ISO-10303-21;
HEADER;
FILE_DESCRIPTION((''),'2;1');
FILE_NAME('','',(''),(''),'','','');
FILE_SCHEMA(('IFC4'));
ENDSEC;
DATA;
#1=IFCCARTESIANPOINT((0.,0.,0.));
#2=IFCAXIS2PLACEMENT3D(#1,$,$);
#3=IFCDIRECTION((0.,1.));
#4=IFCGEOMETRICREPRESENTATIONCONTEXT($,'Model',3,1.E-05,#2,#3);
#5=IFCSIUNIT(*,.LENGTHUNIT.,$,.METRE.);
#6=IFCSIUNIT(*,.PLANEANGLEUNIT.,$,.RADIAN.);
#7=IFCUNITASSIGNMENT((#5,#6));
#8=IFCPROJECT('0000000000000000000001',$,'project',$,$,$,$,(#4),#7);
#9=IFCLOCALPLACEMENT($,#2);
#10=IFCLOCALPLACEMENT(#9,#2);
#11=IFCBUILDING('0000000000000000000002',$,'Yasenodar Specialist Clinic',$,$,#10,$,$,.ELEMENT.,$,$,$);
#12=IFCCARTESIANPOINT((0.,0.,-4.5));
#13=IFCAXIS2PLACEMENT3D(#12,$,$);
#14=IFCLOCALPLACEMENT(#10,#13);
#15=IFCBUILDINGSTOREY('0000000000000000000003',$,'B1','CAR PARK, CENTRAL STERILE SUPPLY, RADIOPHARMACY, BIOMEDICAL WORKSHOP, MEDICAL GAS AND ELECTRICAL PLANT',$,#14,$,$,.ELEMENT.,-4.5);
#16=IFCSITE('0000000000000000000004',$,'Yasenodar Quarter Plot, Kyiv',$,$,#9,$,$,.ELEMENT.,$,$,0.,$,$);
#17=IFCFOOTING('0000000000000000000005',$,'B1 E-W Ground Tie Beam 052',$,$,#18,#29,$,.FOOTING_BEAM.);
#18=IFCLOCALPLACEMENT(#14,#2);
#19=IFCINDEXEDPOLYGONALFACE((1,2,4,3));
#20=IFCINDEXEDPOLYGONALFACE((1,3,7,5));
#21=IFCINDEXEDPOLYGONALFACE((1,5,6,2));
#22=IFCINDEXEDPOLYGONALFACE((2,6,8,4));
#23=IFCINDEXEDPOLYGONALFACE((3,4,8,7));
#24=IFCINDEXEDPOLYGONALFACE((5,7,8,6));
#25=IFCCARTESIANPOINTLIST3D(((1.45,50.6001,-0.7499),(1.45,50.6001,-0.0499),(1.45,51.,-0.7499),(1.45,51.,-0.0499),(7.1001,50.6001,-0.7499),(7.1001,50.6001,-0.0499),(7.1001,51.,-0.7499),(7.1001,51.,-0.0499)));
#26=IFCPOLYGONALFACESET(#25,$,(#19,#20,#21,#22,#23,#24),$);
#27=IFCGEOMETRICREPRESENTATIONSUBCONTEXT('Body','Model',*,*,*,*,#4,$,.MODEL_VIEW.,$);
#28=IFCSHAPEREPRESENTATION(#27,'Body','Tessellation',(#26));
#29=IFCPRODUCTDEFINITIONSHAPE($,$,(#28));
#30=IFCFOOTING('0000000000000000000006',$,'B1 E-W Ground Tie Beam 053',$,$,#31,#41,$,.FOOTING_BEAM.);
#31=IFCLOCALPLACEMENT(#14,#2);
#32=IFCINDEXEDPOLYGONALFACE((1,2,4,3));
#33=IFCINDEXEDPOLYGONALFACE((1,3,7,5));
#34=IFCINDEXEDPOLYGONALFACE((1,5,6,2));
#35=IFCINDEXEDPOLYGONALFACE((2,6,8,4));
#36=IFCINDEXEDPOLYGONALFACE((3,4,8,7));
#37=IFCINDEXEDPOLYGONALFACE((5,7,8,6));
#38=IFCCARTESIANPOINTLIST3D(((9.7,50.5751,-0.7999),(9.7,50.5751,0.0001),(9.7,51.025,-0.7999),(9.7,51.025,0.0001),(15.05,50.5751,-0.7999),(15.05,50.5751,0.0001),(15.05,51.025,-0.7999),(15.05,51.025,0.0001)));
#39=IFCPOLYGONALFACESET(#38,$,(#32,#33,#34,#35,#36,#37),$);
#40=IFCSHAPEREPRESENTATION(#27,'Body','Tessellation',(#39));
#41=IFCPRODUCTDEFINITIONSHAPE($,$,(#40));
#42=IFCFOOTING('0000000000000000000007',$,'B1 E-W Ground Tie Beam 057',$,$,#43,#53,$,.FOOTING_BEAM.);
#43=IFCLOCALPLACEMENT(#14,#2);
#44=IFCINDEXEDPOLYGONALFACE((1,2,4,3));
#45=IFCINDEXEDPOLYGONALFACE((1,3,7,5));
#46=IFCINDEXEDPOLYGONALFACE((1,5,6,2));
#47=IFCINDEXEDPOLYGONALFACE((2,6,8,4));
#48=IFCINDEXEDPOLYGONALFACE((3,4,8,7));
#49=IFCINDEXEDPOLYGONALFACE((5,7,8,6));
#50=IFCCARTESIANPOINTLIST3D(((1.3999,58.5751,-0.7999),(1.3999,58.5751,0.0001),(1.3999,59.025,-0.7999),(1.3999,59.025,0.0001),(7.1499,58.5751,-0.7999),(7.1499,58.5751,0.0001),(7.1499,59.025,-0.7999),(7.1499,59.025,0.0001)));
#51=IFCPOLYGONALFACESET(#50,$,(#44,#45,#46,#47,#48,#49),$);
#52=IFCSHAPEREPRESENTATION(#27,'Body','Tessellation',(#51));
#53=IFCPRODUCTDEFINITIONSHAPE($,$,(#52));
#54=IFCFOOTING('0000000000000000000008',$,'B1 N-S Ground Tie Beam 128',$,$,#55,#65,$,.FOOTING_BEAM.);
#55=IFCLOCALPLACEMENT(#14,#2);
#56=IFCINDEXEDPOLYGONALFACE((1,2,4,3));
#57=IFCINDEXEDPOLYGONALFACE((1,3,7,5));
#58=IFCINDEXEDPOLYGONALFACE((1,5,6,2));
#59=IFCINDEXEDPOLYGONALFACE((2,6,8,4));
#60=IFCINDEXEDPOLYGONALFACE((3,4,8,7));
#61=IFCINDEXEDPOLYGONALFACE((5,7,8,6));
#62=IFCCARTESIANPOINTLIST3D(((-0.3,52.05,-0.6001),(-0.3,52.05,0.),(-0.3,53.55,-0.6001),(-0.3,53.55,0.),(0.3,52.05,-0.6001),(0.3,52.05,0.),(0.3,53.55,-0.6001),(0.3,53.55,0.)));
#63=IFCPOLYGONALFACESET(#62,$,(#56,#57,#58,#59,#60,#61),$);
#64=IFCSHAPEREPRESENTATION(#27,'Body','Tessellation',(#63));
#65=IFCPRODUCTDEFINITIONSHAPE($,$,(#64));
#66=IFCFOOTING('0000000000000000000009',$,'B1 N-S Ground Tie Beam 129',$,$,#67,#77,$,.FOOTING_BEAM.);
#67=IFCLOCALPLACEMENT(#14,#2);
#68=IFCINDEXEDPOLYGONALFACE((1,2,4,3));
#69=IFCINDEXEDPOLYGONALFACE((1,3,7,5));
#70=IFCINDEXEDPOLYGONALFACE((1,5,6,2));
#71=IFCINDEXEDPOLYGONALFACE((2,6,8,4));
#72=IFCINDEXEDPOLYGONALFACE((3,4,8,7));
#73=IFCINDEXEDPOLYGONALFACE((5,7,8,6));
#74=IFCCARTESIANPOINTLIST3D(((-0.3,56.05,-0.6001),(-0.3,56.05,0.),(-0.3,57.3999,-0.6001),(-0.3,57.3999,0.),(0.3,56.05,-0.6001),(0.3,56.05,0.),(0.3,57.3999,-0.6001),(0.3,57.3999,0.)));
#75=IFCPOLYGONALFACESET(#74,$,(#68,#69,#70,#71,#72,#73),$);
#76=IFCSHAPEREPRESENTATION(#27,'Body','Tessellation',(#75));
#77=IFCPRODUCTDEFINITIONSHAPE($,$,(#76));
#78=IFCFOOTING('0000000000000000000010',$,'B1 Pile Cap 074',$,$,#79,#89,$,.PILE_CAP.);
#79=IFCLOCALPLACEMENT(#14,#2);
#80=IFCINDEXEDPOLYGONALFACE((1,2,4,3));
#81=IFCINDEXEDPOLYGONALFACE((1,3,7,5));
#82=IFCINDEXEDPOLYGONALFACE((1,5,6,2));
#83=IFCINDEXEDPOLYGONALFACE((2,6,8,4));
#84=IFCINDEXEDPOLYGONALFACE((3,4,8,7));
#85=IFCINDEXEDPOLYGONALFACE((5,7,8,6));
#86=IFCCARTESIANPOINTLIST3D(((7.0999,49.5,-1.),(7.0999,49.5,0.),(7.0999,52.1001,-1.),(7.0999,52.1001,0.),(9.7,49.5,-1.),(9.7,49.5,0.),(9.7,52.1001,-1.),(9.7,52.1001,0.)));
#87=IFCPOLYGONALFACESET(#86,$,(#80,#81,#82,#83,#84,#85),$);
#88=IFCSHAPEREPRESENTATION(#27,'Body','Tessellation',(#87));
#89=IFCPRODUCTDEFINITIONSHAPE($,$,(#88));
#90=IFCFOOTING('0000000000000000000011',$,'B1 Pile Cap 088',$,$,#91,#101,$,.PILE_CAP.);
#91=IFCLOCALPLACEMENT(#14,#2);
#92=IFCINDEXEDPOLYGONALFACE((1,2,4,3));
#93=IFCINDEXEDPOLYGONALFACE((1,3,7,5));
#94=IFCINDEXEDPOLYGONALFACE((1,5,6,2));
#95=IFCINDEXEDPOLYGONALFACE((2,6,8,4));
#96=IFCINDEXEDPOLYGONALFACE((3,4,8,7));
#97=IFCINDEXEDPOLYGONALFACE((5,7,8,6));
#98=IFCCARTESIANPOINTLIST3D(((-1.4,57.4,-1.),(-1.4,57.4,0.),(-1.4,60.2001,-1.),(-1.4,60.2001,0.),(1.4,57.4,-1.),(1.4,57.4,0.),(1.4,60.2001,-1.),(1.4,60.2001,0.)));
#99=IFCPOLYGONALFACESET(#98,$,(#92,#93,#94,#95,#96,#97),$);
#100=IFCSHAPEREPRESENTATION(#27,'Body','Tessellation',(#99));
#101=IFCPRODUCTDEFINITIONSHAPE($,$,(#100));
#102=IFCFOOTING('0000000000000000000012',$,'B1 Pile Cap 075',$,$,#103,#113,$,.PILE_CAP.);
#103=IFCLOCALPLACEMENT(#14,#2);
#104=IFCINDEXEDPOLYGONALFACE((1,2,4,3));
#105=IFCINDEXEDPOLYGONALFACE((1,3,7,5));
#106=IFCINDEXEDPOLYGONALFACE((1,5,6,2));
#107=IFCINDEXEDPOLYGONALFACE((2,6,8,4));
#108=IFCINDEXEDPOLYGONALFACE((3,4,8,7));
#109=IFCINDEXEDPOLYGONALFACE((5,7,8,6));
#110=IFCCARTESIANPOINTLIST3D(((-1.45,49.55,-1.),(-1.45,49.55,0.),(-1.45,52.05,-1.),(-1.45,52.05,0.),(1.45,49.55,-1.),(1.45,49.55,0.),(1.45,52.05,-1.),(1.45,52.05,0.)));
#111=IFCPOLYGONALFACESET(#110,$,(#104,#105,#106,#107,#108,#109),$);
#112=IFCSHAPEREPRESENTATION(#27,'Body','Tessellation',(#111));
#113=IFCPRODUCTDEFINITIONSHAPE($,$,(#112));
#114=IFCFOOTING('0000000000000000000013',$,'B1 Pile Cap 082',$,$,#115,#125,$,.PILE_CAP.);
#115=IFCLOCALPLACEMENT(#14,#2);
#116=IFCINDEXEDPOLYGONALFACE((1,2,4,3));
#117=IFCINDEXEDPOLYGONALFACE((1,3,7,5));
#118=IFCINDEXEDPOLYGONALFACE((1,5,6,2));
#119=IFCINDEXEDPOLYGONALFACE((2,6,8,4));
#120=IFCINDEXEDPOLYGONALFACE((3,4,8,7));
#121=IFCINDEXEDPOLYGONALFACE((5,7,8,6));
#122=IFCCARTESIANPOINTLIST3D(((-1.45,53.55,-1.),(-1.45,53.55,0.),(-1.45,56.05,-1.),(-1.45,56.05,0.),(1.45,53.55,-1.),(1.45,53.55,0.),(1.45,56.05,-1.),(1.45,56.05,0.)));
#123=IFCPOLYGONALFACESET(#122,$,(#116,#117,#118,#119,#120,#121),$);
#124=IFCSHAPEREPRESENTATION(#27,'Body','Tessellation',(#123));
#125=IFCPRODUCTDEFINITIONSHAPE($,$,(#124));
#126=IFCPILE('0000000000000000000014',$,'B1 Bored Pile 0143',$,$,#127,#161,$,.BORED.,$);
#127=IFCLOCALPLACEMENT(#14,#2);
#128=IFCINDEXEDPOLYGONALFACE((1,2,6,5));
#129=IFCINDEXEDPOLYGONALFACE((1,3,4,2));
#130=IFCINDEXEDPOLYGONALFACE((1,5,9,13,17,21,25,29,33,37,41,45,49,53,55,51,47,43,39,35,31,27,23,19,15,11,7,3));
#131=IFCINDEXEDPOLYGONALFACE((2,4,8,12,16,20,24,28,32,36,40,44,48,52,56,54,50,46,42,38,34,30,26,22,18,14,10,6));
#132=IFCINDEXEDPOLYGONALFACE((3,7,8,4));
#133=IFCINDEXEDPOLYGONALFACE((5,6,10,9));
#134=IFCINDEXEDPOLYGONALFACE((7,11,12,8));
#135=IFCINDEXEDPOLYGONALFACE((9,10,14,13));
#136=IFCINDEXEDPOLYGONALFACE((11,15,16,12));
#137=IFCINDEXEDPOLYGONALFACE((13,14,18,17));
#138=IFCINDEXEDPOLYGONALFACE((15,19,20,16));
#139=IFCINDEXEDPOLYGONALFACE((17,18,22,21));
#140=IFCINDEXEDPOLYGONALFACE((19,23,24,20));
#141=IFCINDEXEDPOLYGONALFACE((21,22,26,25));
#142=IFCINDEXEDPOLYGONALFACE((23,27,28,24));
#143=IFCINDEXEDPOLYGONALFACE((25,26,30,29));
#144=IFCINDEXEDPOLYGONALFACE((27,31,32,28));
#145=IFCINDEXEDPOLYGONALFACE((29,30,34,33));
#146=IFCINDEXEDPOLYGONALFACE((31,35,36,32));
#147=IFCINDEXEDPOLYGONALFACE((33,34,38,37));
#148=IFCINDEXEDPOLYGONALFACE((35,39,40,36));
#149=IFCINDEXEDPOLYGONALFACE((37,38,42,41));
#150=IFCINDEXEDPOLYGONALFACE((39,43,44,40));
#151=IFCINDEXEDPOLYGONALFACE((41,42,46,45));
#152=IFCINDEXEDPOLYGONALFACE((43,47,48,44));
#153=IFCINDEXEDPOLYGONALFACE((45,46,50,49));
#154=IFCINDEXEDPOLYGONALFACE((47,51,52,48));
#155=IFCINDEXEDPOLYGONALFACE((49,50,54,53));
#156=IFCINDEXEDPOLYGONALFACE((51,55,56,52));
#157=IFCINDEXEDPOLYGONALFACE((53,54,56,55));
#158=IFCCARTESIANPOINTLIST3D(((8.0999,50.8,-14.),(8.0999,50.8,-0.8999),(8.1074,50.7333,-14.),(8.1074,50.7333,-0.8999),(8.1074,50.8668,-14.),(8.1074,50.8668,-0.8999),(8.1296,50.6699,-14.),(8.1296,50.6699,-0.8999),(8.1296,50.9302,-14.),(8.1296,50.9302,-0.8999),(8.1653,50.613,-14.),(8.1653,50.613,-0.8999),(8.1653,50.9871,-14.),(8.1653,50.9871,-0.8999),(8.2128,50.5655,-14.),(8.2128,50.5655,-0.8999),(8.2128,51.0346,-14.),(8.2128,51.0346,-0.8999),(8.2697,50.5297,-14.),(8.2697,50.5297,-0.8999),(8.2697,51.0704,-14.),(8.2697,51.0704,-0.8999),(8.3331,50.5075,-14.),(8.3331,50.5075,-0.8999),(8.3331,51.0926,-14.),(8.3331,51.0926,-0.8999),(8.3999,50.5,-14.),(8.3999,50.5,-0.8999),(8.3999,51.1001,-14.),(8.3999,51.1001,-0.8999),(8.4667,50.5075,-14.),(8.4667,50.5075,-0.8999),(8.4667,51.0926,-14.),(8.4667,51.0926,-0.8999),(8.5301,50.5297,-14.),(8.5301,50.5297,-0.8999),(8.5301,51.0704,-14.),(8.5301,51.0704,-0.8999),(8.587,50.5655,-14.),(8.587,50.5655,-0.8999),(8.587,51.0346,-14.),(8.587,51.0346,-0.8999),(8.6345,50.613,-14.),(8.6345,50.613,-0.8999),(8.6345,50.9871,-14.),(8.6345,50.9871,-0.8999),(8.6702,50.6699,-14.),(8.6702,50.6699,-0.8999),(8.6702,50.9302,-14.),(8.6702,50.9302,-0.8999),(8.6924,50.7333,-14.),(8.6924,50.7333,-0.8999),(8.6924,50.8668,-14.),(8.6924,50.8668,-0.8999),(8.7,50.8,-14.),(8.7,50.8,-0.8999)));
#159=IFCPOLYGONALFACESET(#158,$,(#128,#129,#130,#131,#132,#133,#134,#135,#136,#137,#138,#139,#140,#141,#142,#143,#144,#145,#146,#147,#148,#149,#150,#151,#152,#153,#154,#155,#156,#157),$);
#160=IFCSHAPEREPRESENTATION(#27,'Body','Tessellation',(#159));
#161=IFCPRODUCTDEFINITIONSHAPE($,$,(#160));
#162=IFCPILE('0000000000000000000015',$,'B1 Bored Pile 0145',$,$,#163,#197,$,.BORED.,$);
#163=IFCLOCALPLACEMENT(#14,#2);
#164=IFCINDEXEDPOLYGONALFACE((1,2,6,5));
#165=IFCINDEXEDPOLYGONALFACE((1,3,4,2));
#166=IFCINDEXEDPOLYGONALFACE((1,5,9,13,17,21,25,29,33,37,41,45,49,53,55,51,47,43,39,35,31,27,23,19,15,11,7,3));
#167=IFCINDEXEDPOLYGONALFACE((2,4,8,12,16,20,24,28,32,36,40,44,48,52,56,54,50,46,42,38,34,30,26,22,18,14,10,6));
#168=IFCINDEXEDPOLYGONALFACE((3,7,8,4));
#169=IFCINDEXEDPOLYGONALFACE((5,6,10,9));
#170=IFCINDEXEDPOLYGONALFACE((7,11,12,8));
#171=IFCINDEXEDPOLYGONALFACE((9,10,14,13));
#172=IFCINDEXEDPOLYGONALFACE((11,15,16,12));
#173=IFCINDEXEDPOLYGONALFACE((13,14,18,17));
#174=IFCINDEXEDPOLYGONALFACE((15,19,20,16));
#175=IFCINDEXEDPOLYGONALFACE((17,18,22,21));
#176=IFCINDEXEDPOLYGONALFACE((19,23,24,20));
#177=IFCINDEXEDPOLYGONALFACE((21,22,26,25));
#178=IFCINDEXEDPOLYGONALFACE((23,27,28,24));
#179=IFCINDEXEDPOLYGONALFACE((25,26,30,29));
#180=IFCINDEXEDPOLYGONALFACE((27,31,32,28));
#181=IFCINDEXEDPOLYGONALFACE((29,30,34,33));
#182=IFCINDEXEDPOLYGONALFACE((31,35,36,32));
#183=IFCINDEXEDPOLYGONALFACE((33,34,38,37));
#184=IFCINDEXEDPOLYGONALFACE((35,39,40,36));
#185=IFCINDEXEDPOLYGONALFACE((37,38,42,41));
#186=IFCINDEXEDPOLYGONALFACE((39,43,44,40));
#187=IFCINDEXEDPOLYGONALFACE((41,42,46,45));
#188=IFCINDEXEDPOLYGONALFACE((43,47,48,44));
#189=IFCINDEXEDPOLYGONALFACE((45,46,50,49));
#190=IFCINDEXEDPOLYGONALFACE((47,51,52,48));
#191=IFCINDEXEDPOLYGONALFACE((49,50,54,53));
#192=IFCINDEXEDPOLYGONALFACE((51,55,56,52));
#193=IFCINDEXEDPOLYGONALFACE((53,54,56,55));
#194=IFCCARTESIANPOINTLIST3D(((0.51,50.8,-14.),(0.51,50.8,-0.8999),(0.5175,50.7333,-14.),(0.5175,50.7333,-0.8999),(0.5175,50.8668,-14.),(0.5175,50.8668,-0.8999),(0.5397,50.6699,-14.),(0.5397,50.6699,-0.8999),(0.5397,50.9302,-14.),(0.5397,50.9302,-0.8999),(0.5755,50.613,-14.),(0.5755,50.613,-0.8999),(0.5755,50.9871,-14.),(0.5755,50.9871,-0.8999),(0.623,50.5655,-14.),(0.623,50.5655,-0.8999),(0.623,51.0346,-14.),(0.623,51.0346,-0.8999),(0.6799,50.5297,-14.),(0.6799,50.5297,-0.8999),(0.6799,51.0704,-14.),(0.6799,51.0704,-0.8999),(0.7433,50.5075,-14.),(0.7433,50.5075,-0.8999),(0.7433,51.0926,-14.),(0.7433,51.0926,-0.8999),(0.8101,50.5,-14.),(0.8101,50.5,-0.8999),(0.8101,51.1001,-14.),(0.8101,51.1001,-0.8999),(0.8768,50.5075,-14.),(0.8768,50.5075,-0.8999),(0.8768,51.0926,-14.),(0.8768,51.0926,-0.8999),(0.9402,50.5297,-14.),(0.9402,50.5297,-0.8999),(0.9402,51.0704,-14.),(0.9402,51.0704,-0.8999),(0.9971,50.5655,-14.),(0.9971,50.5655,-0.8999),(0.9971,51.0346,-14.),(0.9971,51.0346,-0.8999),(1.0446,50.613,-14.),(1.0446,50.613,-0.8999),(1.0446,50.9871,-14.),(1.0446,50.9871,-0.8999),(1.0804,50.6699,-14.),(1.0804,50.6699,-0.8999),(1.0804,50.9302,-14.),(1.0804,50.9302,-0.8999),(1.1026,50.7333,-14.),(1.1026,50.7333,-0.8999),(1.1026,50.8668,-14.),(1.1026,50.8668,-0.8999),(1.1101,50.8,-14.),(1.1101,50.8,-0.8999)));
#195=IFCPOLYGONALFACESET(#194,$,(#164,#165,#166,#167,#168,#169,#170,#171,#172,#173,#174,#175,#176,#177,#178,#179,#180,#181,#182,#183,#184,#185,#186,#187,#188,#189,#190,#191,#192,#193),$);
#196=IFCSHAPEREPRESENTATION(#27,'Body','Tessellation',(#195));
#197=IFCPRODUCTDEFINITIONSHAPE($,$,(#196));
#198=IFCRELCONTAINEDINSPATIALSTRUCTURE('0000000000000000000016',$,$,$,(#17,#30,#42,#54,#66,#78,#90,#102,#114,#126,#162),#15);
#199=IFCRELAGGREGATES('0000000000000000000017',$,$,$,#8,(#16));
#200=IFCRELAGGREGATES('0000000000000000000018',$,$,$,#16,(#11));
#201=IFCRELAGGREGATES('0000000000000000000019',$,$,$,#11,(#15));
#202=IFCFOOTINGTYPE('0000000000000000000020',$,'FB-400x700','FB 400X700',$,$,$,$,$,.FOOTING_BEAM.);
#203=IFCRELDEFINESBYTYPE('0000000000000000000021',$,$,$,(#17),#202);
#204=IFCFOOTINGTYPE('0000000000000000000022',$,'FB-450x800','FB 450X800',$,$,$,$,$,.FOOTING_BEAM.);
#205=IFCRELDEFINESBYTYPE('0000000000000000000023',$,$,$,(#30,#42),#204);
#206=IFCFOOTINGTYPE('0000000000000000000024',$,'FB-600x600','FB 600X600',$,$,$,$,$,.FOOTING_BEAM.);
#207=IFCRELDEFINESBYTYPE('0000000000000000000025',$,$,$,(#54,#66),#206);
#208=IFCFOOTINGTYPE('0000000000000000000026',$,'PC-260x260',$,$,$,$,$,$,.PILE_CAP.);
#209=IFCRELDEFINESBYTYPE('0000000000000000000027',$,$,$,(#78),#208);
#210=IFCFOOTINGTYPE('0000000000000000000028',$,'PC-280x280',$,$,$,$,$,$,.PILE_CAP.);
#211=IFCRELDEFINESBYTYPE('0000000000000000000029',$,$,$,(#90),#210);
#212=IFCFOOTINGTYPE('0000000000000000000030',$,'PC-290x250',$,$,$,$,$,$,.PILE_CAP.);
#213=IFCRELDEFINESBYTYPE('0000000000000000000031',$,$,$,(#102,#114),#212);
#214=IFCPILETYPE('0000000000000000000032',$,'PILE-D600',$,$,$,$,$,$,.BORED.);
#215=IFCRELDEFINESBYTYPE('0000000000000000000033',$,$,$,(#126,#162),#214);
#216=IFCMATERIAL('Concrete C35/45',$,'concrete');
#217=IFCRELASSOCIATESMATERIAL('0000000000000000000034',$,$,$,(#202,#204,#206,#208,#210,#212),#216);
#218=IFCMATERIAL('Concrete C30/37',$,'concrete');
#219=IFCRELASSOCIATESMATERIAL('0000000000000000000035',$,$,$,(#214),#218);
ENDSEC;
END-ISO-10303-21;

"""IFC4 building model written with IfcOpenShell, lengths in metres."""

from ifc_helpers import new_model, si_unit, direction, frame, origin, origin_2d, place, context, subcontext, project, spatial, rectangle, circle, extrude, material, material_profile, profile_set, type_object, element, save


model = new_model("IFC4")

# Units and contexts
model_context = context("Model", 3, precision=1e-05, world=origin(), true_north=direction((0.0, 1.0)))
body_context = subcontext(model_context, "Body", "Model", "MODEL_VIEW")
ifc_project = project(units=[si_unit("LENGTHUNIT", "METRE"), si_unit("PLANEANGLEUNIT", "RADIAN")], contexts=[model_context])

# Site, building, storey
site_placement = place(None, origin())
site = spatial("IfcSite", under=ifc_project, at=site_placement, Name="Yasenodar Quarter Plot, Kyiv", CompositionType="ELEMENT", RefElevation=0.0)
building_placement = place(site_placement, origin())
building = spatial("IfcBuilding", under=site, at=building_placement, Name="Yasenodar Specialist Clinic", CompositionType="ELEMENT")
storey_placement = place(building_placement, frame((0.0, 0.0, -4.5)))
storey = spatial("IfcBuildingStorey", under=building, at=storey_placement, Name="B1", Description="CAR PARK, CENTRAL STERILE SUPPLY, RADIOPHARMACY, BIOMEDICAL WORKSHOP, MEDICAL GAS AND ELECTRICAL PLANT", CompositionType="ELEMENT", Elevation=-4.5)

# Footings
ifc_material_1 = material(Name="Concrete C35/45", Category="concrete")
ifc_material_profile_1 = material_profile(ifc_material_1, rectangle(XDim=0.3999, YDim=0.7, at=origin_2d()), Name="RC 400x700")
ifc_profile_set_1 = profile_set([ifc_material_profile_1], Name="Concrete C35/45")
footing_type_1 = type_object("IfcFootingType", Name="FB-400x700", Description="FB 400X700", PredefinedType="FOOTING_BEAM", material=ifc_profile_set_1)
footing_1_placement = place(storey_placement, frame((1.45, 50.8, -0.3999), z_axis=(1.0, 0.0, 0.0), x_axis=(0.0, 1.0, 0.0)))
element("IfcFooting", 1, at=footing_1_placement, inside=storey, type_object=footing_type_1, Name="B1 E-W Ground Tie Beam 052", PredefinedType="FOOTING_BEAM", context=body_context, shape_type="SweptSolid", body=[
    extrude(rectangle(XDim=0.3999, YDim=0.7, at=origin_2d()), origin(), (0.0, 0.0, 1.0), 5.6501),
])
ifc_material_profile_2 = material_profile(ifc_material_1, rectangle(XDim=0.45, YDim=0.8, at=origin_2d()), Name="RC 450x800")
ifc_profile_set_2 = profile_set([ifc_material_profile_2], Name="Concrete C35/45")
footing_type_2 = type_object("IfcFootingType", Name="FB-450x800", Description="FB 450X800", PredefinedType="FOOTING_BEAM", material=ifc_profile_set_2)
footing_2_placement = place(storey_placement, frame((9.7, 50.8, -0.3999), z_axis=(1.0, 0.0, 0.0), x_axis=(0.0, 1.0, 0.0)))
element("IfcFooting", 2, at=footing_2_placement, inside=storey, type_object=footing_type_2, Name="B1 E-W Ground Tie Beam 053", PredefinedType="FOOTING_BEAM", context=body_context, shape_type="SweptSolid", body=[
    extrude(rectangle(XDim=0.45, YDim=0.8, at=origin_2d()), origin(), (0.0, 0.0, 1.0), 5.3501),
])
footing_3_placement = place(storey_placement, frame((1.3999, 58.8, -0.3999), z_axis=(1.0, 0.0, 0.0), x_axis=(0.0, 1.0, 0.0)))
element("IfcFooting", 3, at=footing_3_placement, inside=storey, type_object=footing_type_2, Name="B1 E-W Ground Tie Beam 057", PredefinedType="FOOTING_BEAM", context=body_context, shape_type="SweptSolid", body=[
    extrude(rectangle(XDim=0.45, YDim=0.8, at=origin_2d()), origin(), (0.0, 0.0, 1.0), 5.75),
])
ifc_material_profile_3 = material_profile(ifc_material_1, rectangle(XDim=0.6001, YDim=0.6001, at=origin_2d()), Name="RC 600x600")
ifc_profile_set_3 = profile_set([ifc_material_profile_3], Name="Concrete C35/45")
footing_type_3 = type_object("IfcFootingType", Name="FB-600x600", Description="FB 600X600", PredefinedType="FOOTING_BEAM", material=ifc_profile_set_3)
footing_4_placement = place(storey_placement, frame((0.0, 52.05, -0.3), z_axis=(0.0, 1.0, 0.0), x_axis=(-1.0, 0.0, 0.0)))
element("IfcFooting", 4, at=footing_4_placement, inside=storey, type_object=footing_type_3, Name="B1 N-S Ground Tie Beam 128", PredefinedType="FOOTING_BEAM", context=body_context, shape_type="SweptSolid", body=[
    extrude(rectangle(XDim=0.6001, YDim=0.6001, at=origin_2d()), origin(), (0.0, 0.0, 1.0), 1.5),
])
footing_5_placement = place(storey_placement, frame((0.0, 56.05, -0.3), z_axis=(0.0, 1.0, 0.0), x_axis=(-1.0, 0.0, 0.0)))
element("IfcFooting", 5, at=footing_5_placement, inside=storey, type_object=footing_type_3, Name="B1 N-S Ground Tie Beam 129", PredefinedType="FOOTING_BEAM", context=body_context, shape_type="SweptSolid", body=[
    extrude(rectangle(XDim=0.6001, YDim=0.6001, at=origin_2d()), origin(), (0.0, 0.0, 1.0), 1.3499),
])
footing_type_4 = type_object("IfcFootingType", Name="PC-260x260", PredefinedType="PILE_CAP", material=ifc_material_1)
footing_6_placement = place(storey_placement, frame((8.3999, 50.8, -1.0), z_axis=(0.0, 0.0, 1.0), x_axis=(1.0, 0.0, 0.0)))
element("IfcFooting", 6, at=footing_6_placement, inside=storey, type_object=footing_type_4, Name="B1 Pile Cap 074", PredefinedType="PILE_CAP", context=body_context, shape_type="SweptSolid", body=[
    extrude(rectangle(XDim=2.6001, YDim=2.6001, at=origin_2d()), origin(), (0.0, 0.0, 1.0), 1.0),
])
footing_type_5 = type_object("IfcFootingType", Name="PC-280x280", PredefinedType="PILE_CAP", material=ifc_material_1)
footing_7_placement = place(storey_placement, frame((0.0, 58.8, -1.0), z_axis=(0.0, 0.0, 1.0), x_axis=(1.0, 0.0, 0.0)))
element("IfcFooting", 7, at=footing_7_placement, inside=storey, type_object=footing_type_5, Name="B1 Pile Cap 088", PredefinedType="PILE_CAP", context=body_context, shape_type="SweptSolid", body=[
    extrude(rectangle(XDim=2.8, YDim=2.8, at=origin_2d()), origin(), (0.0, 0.0, 1.0), 1.0),
])
footing_type_6 = type_object("IfcFootingType", Name="PC-290x250", PredefinedType="PILE_CAP", material=ifc_material_1)
for number, where, z_axis, x_axis, name in (
    (8, (0.0, 50.8, -1.0), (0.0, 0.0, 1.0), (1.0, 0.0, 0.0), "B1 Pile Cap 075"),
    (9, (0.0, 54.8, -1.0), (0.0, 0.0, 1.0), (1.0, 0.0, 0.0), "B1 Pile Cap 082"),
):
    element("IfcFooting", number, at=place(storey_placement, frame(where, z_axis=z_axis, x_axis=x_axis)), inside=storey, type_object=footing_type_6, Name=name, PredefinedType="PILE_CAP", context=body_context, shape_type="SweptSolid", body=[
        extrude(rectangle(XDim=2.8999, YDim=2.5, at=origin_2d()), origin(), (0.0, 0.0, 1.0), 1.0),
    ])

# Piles
ifc_material_2 = material(Name="Concrete C30/37", Category="concrete")
ifc_material_profile_4 = material_profile(ifc_material_2, circle(Radius=0.3, at=origin_2d()), Name="PILE D600")
ifc_profile_set_4 = profile_set([ifc_material_profile_4], Name="Concrete C30/37")
pile_type_1 = type_object("IfcPileType", Name="PILE-D600", PredefinedType="BORED", material=ifc_profile_set_4)
for number, where, z_axis, x_axis, name in (
    (10, (8.3999, 50.8, -0.8999), (0.0, 0.0, -1.0), (1.0, 0.0, 0.0), "B1 Bored Pile 0143"),
    (11, (0.8101, 50.8, -0.8999), (0.0, 0.0, -1.0), (1.0, 0.0, 0.0), "B1 Bored Pile 0145"),
):
    element("IfcPile", number, at=place(storey_placement, frame(where, z_axis=z_axis, x_axis=x_axis)), inside=storey, type_object=pile_type_1, Name=name, PredefinedType="BORED", context=body_context, shape_type="SweptSolid", body=[
        extrude(circle(Radius=0.3, at=origin_2d()), origin(), (0.0, 0.0, 1.0), 13.1001),
    ])

save(model, "model.ifc")
